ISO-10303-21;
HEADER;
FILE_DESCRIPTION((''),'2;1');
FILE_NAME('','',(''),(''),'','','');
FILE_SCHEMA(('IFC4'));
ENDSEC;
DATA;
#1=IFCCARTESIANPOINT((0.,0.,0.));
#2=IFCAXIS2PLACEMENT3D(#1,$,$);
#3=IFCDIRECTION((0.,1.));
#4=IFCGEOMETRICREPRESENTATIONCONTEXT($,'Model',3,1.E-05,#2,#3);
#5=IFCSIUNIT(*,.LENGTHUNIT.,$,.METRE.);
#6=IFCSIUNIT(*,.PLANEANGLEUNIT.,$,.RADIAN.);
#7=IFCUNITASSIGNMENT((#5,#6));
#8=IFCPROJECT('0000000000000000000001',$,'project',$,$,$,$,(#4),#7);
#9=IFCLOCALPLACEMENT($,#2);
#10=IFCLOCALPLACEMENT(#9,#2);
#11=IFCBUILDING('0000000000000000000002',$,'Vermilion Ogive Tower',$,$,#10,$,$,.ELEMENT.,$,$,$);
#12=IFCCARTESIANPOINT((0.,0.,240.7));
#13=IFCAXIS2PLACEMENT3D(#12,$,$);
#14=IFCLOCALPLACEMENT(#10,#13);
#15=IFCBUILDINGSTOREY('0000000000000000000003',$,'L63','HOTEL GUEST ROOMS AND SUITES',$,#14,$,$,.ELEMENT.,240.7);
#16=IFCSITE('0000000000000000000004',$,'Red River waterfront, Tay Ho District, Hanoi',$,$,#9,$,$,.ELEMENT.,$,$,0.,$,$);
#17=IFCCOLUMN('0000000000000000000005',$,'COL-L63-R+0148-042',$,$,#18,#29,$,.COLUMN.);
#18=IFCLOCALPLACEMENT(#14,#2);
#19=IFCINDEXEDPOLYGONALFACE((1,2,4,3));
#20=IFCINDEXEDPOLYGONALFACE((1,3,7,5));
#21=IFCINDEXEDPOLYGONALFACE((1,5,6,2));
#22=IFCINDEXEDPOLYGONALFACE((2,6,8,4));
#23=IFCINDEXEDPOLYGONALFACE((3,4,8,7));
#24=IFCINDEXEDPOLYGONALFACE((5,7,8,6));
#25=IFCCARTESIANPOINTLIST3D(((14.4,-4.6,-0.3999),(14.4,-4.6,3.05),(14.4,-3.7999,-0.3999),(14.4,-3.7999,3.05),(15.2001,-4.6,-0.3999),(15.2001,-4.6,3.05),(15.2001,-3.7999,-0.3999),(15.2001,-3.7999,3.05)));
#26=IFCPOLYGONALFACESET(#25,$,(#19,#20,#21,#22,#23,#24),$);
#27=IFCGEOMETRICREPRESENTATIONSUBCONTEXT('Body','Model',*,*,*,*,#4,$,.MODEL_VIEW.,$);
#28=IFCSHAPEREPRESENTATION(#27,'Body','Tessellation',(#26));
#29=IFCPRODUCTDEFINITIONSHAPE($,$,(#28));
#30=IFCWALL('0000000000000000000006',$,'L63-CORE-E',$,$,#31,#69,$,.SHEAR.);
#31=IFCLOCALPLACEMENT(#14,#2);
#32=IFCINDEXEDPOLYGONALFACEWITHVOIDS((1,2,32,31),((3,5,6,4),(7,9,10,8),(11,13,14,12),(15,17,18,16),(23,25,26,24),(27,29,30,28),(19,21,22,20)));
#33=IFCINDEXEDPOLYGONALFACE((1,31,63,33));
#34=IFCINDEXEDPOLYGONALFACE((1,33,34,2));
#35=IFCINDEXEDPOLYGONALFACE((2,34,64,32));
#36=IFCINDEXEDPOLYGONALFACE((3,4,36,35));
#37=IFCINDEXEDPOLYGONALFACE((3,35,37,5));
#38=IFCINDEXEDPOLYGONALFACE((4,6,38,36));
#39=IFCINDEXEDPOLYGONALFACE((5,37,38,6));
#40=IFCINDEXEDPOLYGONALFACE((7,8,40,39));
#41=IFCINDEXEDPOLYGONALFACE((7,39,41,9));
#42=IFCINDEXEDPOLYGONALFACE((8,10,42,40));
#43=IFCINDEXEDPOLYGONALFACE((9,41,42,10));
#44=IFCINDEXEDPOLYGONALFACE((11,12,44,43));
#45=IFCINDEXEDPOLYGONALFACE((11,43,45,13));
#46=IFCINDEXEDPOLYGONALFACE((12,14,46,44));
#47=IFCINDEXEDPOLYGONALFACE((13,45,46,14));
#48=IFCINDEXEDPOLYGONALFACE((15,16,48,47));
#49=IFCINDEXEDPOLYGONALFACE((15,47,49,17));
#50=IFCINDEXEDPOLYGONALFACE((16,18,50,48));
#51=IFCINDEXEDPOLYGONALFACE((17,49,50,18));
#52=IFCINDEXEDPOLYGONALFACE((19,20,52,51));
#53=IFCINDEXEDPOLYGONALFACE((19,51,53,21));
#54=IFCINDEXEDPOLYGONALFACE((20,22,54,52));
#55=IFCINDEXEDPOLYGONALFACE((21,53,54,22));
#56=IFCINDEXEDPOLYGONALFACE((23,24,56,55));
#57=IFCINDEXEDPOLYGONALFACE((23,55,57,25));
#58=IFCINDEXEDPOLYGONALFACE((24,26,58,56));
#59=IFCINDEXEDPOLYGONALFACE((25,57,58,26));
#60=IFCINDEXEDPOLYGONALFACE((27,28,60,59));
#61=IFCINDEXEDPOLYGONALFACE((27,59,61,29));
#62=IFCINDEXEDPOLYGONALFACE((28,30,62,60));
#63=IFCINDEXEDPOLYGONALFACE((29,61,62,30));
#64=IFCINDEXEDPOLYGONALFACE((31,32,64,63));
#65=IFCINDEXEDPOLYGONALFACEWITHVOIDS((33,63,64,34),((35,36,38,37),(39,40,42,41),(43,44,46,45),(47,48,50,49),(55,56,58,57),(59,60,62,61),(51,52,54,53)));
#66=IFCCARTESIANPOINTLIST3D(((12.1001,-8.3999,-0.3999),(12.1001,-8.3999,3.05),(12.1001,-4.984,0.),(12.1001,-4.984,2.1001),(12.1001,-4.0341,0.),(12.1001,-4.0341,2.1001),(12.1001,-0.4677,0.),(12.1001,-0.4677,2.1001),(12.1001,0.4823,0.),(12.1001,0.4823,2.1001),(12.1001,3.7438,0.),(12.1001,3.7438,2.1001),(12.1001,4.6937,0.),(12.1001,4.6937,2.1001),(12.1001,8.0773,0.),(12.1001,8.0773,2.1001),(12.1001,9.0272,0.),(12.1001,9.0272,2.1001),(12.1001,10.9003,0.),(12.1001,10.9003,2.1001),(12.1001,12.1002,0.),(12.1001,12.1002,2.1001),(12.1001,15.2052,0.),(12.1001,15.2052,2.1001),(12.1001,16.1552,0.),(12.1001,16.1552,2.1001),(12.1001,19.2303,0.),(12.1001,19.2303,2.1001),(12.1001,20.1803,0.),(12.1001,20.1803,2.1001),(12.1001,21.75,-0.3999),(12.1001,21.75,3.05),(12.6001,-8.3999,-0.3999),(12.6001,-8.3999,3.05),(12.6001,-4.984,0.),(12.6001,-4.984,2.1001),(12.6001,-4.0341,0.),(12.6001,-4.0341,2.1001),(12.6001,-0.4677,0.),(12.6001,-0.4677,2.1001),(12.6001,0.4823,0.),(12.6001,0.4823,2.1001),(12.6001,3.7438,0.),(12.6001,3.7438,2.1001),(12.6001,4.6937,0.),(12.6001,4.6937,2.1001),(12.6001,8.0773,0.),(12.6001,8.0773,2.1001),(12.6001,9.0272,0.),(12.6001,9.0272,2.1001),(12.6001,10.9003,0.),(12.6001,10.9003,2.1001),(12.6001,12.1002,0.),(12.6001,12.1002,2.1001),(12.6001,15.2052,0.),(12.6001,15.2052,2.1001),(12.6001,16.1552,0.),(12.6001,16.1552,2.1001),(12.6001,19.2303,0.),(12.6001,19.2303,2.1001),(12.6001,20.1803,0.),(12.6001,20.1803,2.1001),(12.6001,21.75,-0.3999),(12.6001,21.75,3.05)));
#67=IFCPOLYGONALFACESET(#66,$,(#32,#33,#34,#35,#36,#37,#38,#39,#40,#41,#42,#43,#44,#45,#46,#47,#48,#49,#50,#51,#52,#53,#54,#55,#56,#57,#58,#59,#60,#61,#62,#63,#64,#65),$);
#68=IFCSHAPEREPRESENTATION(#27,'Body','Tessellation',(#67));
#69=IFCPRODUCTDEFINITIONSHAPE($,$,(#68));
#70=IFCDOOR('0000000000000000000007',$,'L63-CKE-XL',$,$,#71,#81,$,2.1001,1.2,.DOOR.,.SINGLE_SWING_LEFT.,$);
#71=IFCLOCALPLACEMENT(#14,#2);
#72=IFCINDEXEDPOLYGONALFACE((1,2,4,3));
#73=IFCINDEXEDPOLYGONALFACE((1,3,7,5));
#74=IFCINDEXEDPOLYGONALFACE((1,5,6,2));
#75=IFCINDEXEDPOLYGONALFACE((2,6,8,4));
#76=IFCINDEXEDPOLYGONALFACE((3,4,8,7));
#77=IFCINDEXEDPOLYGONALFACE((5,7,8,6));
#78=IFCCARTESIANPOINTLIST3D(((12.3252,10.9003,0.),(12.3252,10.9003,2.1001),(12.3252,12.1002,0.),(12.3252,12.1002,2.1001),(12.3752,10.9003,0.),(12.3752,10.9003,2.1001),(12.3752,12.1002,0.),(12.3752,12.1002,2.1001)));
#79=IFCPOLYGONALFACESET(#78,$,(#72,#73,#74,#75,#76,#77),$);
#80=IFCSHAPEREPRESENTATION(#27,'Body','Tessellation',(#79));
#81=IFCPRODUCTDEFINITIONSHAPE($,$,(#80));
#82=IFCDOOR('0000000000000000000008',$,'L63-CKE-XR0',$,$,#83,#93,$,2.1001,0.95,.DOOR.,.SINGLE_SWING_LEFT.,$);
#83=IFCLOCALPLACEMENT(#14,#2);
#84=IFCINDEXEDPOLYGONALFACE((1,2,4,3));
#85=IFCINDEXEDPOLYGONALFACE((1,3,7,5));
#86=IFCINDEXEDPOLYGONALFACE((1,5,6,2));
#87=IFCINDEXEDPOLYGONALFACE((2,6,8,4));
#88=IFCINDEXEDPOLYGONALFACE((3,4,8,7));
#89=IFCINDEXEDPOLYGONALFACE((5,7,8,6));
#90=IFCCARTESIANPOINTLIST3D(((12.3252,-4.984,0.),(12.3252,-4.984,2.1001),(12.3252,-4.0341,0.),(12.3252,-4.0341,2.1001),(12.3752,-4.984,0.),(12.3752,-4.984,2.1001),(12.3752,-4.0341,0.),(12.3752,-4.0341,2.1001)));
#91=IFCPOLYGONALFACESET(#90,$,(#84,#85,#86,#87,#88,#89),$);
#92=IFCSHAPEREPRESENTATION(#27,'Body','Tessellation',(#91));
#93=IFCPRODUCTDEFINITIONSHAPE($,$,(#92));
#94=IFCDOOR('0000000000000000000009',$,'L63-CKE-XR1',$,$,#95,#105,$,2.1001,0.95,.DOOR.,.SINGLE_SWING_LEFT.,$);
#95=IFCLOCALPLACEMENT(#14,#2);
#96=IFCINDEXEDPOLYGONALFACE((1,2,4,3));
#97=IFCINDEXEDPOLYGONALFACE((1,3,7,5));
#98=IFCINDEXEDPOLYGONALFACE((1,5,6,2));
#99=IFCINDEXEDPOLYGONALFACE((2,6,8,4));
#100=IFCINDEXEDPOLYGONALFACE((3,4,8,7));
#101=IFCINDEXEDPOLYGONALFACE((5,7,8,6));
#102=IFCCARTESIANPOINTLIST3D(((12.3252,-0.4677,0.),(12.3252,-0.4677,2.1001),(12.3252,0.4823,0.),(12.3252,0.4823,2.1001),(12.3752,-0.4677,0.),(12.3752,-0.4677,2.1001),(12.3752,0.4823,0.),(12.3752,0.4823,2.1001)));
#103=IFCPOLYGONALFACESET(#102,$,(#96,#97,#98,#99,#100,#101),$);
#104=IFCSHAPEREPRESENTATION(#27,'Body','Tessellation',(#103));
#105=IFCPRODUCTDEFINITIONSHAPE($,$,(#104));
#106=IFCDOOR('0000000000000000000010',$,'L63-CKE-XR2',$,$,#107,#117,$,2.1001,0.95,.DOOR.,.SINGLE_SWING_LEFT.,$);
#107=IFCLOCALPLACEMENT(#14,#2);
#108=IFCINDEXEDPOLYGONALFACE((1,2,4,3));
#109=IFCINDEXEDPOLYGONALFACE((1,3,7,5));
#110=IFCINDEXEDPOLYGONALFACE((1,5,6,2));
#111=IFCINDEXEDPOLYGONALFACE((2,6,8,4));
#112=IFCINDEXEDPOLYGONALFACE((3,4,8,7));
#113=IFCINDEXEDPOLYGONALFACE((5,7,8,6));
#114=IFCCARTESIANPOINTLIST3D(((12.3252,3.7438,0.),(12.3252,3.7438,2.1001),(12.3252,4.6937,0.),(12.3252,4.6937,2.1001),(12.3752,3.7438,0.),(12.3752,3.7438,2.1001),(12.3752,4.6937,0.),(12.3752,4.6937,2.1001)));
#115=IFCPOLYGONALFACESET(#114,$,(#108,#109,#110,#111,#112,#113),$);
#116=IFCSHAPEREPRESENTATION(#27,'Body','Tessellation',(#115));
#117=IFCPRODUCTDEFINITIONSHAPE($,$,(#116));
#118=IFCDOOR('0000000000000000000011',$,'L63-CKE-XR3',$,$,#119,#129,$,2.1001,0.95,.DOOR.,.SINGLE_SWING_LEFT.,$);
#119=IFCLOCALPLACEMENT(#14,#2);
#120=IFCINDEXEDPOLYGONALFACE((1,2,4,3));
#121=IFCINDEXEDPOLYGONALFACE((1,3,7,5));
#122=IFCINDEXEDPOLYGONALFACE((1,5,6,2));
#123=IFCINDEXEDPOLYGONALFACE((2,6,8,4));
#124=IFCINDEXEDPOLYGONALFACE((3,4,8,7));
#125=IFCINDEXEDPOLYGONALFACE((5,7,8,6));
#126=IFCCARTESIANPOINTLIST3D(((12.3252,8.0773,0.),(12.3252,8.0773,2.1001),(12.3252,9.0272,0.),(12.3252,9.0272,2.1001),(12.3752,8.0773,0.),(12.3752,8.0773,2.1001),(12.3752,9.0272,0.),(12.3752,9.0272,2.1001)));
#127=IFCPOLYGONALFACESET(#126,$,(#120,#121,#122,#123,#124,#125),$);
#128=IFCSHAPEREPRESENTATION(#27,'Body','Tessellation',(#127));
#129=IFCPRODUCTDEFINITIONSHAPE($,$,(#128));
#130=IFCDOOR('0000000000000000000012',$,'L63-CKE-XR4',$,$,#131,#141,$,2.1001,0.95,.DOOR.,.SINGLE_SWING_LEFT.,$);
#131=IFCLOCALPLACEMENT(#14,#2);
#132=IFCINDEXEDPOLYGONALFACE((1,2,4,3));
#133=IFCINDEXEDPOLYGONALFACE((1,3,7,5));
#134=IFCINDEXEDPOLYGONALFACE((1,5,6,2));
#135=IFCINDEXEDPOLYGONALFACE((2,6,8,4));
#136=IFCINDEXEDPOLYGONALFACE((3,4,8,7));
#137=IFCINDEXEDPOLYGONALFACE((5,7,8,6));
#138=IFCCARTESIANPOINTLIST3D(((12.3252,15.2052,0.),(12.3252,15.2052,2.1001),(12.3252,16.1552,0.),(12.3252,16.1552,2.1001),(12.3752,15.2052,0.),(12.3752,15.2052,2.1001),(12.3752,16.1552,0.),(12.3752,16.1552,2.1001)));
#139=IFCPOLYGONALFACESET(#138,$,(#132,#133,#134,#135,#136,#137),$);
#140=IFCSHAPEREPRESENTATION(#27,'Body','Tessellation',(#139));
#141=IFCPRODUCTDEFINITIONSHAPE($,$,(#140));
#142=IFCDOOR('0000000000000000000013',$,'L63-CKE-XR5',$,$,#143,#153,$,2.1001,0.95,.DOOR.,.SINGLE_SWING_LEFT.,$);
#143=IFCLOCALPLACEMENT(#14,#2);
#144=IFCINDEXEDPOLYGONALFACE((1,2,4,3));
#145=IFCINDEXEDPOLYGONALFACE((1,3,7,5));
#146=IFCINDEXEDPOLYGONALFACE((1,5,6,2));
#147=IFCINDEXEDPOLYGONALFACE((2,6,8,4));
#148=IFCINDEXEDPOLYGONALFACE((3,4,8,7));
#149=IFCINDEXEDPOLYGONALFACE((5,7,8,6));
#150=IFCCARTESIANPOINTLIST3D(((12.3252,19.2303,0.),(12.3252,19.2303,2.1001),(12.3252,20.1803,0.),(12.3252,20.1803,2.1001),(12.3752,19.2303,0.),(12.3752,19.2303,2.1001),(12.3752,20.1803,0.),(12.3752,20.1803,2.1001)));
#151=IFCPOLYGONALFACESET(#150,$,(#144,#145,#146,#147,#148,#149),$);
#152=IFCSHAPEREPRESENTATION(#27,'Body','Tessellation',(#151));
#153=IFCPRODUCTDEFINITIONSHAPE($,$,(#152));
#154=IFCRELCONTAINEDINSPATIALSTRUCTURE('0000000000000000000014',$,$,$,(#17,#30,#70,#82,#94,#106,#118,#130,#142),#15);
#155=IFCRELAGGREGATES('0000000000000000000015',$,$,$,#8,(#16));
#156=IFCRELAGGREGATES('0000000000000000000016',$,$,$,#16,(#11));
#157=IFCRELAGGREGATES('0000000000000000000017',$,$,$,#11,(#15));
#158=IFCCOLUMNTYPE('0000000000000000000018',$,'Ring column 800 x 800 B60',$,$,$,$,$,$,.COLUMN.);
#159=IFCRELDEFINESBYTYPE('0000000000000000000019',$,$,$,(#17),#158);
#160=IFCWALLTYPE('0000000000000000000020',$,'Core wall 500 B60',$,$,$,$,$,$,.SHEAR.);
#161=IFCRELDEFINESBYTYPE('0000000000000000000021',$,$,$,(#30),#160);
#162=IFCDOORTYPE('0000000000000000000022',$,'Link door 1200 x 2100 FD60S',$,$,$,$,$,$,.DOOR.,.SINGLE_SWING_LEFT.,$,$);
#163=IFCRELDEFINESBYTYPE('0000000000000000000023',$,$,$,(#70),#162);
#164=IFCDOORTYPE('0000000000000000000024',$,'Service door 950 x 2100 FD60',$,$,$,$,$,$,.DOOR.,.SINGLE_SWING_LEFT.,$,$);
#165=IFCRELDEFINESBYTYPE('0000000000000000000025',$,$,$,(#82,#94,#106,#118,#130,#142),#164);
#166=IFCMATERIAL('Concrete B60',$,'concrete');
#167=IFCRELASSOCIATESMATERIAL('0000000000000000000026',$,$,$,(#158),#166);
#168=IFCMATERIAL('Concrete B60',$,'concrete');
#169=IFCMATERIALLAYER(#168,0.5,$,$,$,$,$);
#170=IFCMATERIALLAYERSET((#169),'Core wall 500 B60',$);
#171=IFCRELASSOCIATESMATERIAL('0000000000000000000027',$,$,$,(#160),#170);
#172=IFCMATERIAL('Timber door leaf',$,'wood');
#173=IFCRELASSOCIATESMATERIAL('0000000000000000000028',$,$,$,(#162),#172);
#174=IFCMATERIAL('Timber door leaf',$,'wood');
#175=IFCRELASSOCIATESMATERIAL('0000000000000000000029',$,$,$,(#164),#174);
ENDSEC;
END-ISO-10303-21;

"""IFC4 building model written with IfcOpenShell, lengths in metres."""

from ifc_helpers import new_model, si_unit, direction, frame, frame_2d, origin, origin_2d, place, context, subcontext, project, spatial, rectangle, extrude, material, layer, layer_set, material_profile, profile_set, type_object, element, fill, save


model = new_model("IFC4")

# Units and contexts
model_context = context("Model", 3, precision=1e-05, world=origin(), true_north=direction((0.0, 1.0)))
body_context = subcontext(model_context, "Body", "Model", "MODEL_VIEW")
ifc_project = project(units=[si_unit("LENGTHUNIT", "METRE"), si_unit("PLANEANGLEUNIT", "RADIAN")], contexts=[model_context])

# Site, building, storey
site_placement = place(None, origin())
site = spatial("IfcSite", under=ifc_project, at=site_placement, Name="Red River waterfront, Tay Ho District, Hanoi", CompositionType="ELEMENT", RefElevation=0.0)
building_placement = place(site_placement, origin())
building = spatial("IfcBuilding", under=site, at=building_placement, Name="Vermilion Ogive Tower", CompositionType="ELEMENT")
storey_placement = place(building_placement, frame((0.0, 0.0, 240.7)))
storey = spatial("IfcBuildingStorey", under=building, at=storey_placement, Name="L63", Description="HOTEL GUEST ROOMS AND SUITES", CompositionType="ELEMENT", Elevation=240.7)

# Column
ifc_material_1 = material(Name="Concrete B60", Category="concrete")
ifc_material_profile = material_profile(ifc_material_1, rectangle(XDim=0.8, YDim=0.8, at=origin_2d()), Name="800 x 800")
ifc_profile_set = profile_set([ifc_material_profile], Name="Concrete B60")
column_type = type_object("IfcColumnType", Name="Ring column 800 x 800 B60", PredefinedType="COLUMN", material=ifc_profile_set)
column_placement = place(storey_placement, frame((14.8, -4.2, -0.3999), z_axis=(0.0, 0.0, 1.0), x_axis=(1.0, 0.0, 0.0)))
element("IfcColumn", 1, at=column_placement, inside=storey, type_object=column_type, Name="COL-L63-R+0148-042", PredefinedType="COLUMN", context=body_context, shape_type="SweptSolid", body=[
    extrude(rectangle(XDim=0.8, YDim=0.8, at=origin_2d()), origin(), (0.0, 0.0, 1.0), 3.45),
])

# Wall, openings, doors
ifc_material_2 = material(Name="Concrete B60", Category="concrete")
ifc_layer_1 = layer(ifc_material_2, 0.5)
ifc_layer_set_1 = layer_set([ifc_layer_1], Name="Core wall 500 B60")
wall_type_1 = type_object("IfcWallType", Name="Core wall 500 B60", PredefinedType="SHEAR", material=ifc_layer_set_1)
wall_1_placement = place(storey_placement, frame((12.3501, -8.3999, -0.3999), z_axis=(0.0, 0.0, 1.0), x_axis=(0.0, 1.0, 0.0)))
wall_1 = element("IfcWall", 2, at=wall_1_placement, inside=storey, type_object=wall_type_1, Name="L63-CORE-E", PredefinedType="SHEAR", context=body_context, shape_type="SweptSolid", body=[
    extrude(rectangle(XDim=30.1499, YDim=0.5, at=frame_2d((15.075, 0.0))), origin(), (0.0, 0.0, 1.0), 3.45),
])
opening_1_placement = place(wall_1_placement, frame((3.4158, 0.0, 0.3999)))
opening_1 = element("IfcOpeningElement", 3, at=opening_1_placement, cuts=wall_1, PredefinedType="OPENING", context=body_context, shape_type="SweptSolid", body=[
    extrude(rectangle(XDim=0.95, YDim=2.1001, at=frame_2d((0.4751, 1.05))), frame((0.0, 0.26, 0.0), z_axis=(0.0, -1.0, 0.0), x_axis=(1.0, 0.0, 0.0)), (0.0, 0.0, 1.0), 0.52),
])
opening_2_placement = place(wall_1_placement, frame((7.9321, 0.0, 0.3999)))
opening_2 = element("IfcOpeningElement", 4, at=opening_2_placement, cuts=wall_1, PredefinedType="OPENING", context=body_context, shape_type="SweptSolid", body=[
    extrude(rectangle(XDim=0.95, YDim=2.1001, at=frame_2d((0.4751, 1.05))), frame((0.0, 0.26, 0.0), z_axis=(0.0, -1.0, 0.0), x_axis=(1.0, 0.0, 0.0)), (0.0, 0.0, 1.0), 0.52),
])
opening_3_placement = place(wall_1_placement, frame((12.1436, 0.0, 0.3999)))
opening_3 = element("IfcOpeningElement", 5, at=opening_3_placement, cuts=wall_1, PredefinedType="OPENING", context=body_context, shape_type="SweptSolid", body=[
    extrude(rectangle(XDim=0.95, YDim=2.1001, at=frame_2d((0.4751, 1.05))), frame((0.0, 0.26, 0.0), z_axis=(0.0, -1.0, 0.0), x_axis=(1.0, 0.0, 0.0)), (0.0, 0.0, 1.0), 0.52),
])
opening_4_placement = place(wall_1_placement, frame((16.4771, 0.0, 0.3999)))
opening_4 = element("IfcOpeningElement", 6, at=opening_4_placement, cuts=wall_1, PredefinedType="OPENING", context=body_context, shape_type="SweptSolid", body=[
    extrude(rectangle(XDim=0.95, YDim=2.1001, at=frame_2d((0.4751, 1.05))), frame((0.0, 0.26, 0.0), z_axis=(0.0, -1.0, 0.0), x_axis=(1.0, 0.0, 0.0)), (0.0, 0.0, 1.0), 0.52),
])
opening_5_placement = place(wall_1_placement, frame((23.605, 0.0, 0.3999)))
opening_5 = element("IfcOpeningElement", 7, at=opening_5_placement, cuts=wall_1, PredefinedType="OPENING", context=body_context, shape_type="SweptSolid", body=[
    extrude(rectangle(XDim=0.95, YDim=2.1001, at=frame_2d((0.4751, 1.05))), frame((0.0, 0.26, 0.0), z_axis=(0.0, -1.0, 0.0), x_axis=(1.0, 0.0, 0.0)), (0.0, 0.0, 1.0), 0.52),
])
opening_6_placement = place(wall_1_placement, frame((27.6301, 0.0, 0.3999)))
opening_6 = element("IfcOpeningElement", 8, at=opening_6_placement, cuts=wall_1, PredefinedType="OPENING", context=body_context, shape_type="SweptSolid", body=[
    extrude(rectangle(XDim=0.95, YDim=2.1001, at=frame_2d((0.4751, 1.05))), frame((0.0, 0.26, 0.0), z_axis=(0.0, -1.0, 0.0), x_axis=(1.0, 0.0, 0.0)), (0.0, 0.0, 1.0), 0.52),
])
opening_7_placement = place(wall_1_placement, frame((19.3, 0.0, 0.3999)))
opening_7 = element("IfcOpeningElement", 9, at=opening_7_placement, cuts=wall_1, PredefinedType="OPENING", context=body_context, shape_type="SweptSolid", body=[
    extrude(rectangle(XDim=1.2, YDim=2.1001, at=frame_2d((0.6001, 1.05))), frame((0.0, 0.26, 0.0), z_axis=(0.0, -1.0, 0.0), x_axis=(1.0, 0.0, 0.0)), (0.0, 0.0, 1.0), 0.52),
])
ifc_material_3 = material(Name="Timber door leaf", Category="wood")
door_type_1 = type_object("IfcDoorType", Name="Link door 1200 x 2100 FD60S", OperationType="SINGLE_SWING_LEFT", PredefinedType="DOOR", material=ifc_material_3)
door_1_placement = place(opening_7_placement, origin())
door_1 = element("IfcDoor", 10, at=door_1_placement, inside=storey, type_object=door_type_1, Name="L63-CKE-XL", OperationType="SINGLE_SWING_LEFT", OverallHeight=2.1001, OverallWidth=1.2, PredefinedType="DOOR", context=body_context, shape_type="SweptSolid", body=[
    extrude(rectangle(XDim=1.2, YDim=2.1001, at=frame_2d((0.6001, 1.05))), frame((0.0, 0.0249, 0.0), z_axis=(0.0, -1.0, 0.0), x_axis=(1.0, 0.0, 0.0)), (0.0, 0.0, 1.0), 0.05),
])
fill(opening_7, door_1)
ifc_material_4 = material(Name="Timber door leaf", Category="wood")
door_type_2 = type_object("IfcDoorType", Name="Service door 950 x 2100 FD60", OperationType="SINGLE_SWING_LEFT", PredefinedType="DOOR", material=ifc_material_4)
door_2_placement = place(opening_1_placement, origin())
door_2 = element("IfcDoor", 11, at=door_2_placement, inside=storey, type_object=door_type_2, Name="L63-CKE-XR0", OperationType="SINGLE_SWING_LEFT", OverallHeight=2.1001, OverallWidth=0.95, PredefinedType="DOOR", context=body_context, shape_type="SweptSolid", body=[
    extrude(rectangle(XDim=0.95, YDim=2.1001, at=frame_2d((0.4751, 1.05))), frame((0.0, 0.0249, 0.0), z_axis=(0.0, -1.0, 0.0), x_axis=(1.0, 0.0, 0.0)), (0.0, 0.0, 1.0), 0.05),
])
fill(opening_1, door_2)
door_3_placement = place(opening_2_placement, origin())
door_3 = element("IfcDoor", 12, at=door_3_placement, inside=storey, type_object=door_type_2, Name="L63-CKE-XR1", OperationType="SINGLE_SWING_LEFT", OverallHeight=2.1001, OverallWidth=0.95, PredefinedType="DOOR", context=body_context, shape_type="SweptSolid", body=[
    extrude(rectangle(XDim=0.95, YDim=2.1001, at=frame_2d((0.4751, 1.05))), frame((0.0, 0.0249, 0.0), z_axis=(0.0, -1.0, 0.0), x_axis=(1.0, 0.0, 0.0)), (0.0, 0.0, 1.0), 0.05),
])
fill(opening_2, door_3)
door_4_placement = place(opening_3_placement, origin())
door_4 = element("IfcDoor", 13, at=door_4_placement, inside=storey, type_object=door_type_2, Name="L63-CKE-XR2", OperationType="SINGLE_SWING_LEFT", OverallHeight=2.1001, OverallWidth=0.95, PredefinedType="DOOR", context=body_context, shape_type="SweptSolid", body=[
    extrude(rectangle(XDim=0.95, YDim=2.1001, at=frame_2d((0.4751, 1.05))), frame((0.0, 0.0249, 0.0), z_axis=(0.0, -1.0, 0.0), x_axis=(1.0, 0.0, 0.0)), (0.0, 0.0, 1.0), 0.05),
])
fill(opening_3, door_4)
door_5_placement = place(opening_4_placement, origin())
door_5 = element("IfcDoor", 14, at=door_5_placement, inside=storey, type_object=door_type_2, Name="L63-CKE-XR3", OperationType="SINGLE_SWING_LEFT", OverallHeight=2.1001, OverallWidth=0.95, PredefinedType="DOOR", context=body_context, shape_type="SweptSolid", body=[
    extrude(rectangle(XDim=0.95, YDim=2.1001, at=frame_2d((0.4751, 1.05))), frame((0.0, 0.0249, 0.0), z_axis=(0.0, -1.0, 0.0), x_axis=(1.0, 0.0, 0.0)), (0.0, 0.0, 1.0), 0.05),
])
fill(opening_4, door_5)
door_6_placement = place(opening_5_placement, origin())
door_6 = element("IfcDoor", 15, at=door_6_placement, inside=storey, type_object=door_type_2, Name="L63-CKE-XR4", OperationType="SINGLE_SWING_LEFT", OverallHeight=2.1001, OverallWidth=0.95, PredefinedType="DOOR", context=body_context, shape_type="SweptSolid", body=[
    extrude(rectangle(XDim=0.95, YDim=2.1001, at=frame_2d((0.4751, 1.05))), frame((0.0, 0.0249, 0.0), z_axis=(0.0, -1.0, 0.0), x_axis=(1.0, 0.0, 0.0)), (0.0, 0.0, 1.0), 0.05),
])
fill(opening_5, door_6)
door_7_placement = place(opening_6_placement, origin())
door_7 = element("IfcDoor", 16, at=door_7_placement, inside=storey, type_object=door_type_2, Name="L63-CKE-XR5", OperationType="SINGLE_SWING_LEFT", OverallHeight=2.1001, OverallWidth=0.95, PredefinedType="DOOR", context=body_context, shape_type="SweptSolid", body=[
    extrude(rectangle(XDim=0.95, YDim=2.1001, at=frame_2d((0.4751, 1.05))), frame((0.0, 0.0249, 0.0), z_axis=(0.0, -1.0, 0.0), x_axis=(1.0, 0.0, 0.0)), (0.0, 0.0, 1.0), 0.05),
])
fill(opening_6, door_7)

save(model, "model.ifc")
